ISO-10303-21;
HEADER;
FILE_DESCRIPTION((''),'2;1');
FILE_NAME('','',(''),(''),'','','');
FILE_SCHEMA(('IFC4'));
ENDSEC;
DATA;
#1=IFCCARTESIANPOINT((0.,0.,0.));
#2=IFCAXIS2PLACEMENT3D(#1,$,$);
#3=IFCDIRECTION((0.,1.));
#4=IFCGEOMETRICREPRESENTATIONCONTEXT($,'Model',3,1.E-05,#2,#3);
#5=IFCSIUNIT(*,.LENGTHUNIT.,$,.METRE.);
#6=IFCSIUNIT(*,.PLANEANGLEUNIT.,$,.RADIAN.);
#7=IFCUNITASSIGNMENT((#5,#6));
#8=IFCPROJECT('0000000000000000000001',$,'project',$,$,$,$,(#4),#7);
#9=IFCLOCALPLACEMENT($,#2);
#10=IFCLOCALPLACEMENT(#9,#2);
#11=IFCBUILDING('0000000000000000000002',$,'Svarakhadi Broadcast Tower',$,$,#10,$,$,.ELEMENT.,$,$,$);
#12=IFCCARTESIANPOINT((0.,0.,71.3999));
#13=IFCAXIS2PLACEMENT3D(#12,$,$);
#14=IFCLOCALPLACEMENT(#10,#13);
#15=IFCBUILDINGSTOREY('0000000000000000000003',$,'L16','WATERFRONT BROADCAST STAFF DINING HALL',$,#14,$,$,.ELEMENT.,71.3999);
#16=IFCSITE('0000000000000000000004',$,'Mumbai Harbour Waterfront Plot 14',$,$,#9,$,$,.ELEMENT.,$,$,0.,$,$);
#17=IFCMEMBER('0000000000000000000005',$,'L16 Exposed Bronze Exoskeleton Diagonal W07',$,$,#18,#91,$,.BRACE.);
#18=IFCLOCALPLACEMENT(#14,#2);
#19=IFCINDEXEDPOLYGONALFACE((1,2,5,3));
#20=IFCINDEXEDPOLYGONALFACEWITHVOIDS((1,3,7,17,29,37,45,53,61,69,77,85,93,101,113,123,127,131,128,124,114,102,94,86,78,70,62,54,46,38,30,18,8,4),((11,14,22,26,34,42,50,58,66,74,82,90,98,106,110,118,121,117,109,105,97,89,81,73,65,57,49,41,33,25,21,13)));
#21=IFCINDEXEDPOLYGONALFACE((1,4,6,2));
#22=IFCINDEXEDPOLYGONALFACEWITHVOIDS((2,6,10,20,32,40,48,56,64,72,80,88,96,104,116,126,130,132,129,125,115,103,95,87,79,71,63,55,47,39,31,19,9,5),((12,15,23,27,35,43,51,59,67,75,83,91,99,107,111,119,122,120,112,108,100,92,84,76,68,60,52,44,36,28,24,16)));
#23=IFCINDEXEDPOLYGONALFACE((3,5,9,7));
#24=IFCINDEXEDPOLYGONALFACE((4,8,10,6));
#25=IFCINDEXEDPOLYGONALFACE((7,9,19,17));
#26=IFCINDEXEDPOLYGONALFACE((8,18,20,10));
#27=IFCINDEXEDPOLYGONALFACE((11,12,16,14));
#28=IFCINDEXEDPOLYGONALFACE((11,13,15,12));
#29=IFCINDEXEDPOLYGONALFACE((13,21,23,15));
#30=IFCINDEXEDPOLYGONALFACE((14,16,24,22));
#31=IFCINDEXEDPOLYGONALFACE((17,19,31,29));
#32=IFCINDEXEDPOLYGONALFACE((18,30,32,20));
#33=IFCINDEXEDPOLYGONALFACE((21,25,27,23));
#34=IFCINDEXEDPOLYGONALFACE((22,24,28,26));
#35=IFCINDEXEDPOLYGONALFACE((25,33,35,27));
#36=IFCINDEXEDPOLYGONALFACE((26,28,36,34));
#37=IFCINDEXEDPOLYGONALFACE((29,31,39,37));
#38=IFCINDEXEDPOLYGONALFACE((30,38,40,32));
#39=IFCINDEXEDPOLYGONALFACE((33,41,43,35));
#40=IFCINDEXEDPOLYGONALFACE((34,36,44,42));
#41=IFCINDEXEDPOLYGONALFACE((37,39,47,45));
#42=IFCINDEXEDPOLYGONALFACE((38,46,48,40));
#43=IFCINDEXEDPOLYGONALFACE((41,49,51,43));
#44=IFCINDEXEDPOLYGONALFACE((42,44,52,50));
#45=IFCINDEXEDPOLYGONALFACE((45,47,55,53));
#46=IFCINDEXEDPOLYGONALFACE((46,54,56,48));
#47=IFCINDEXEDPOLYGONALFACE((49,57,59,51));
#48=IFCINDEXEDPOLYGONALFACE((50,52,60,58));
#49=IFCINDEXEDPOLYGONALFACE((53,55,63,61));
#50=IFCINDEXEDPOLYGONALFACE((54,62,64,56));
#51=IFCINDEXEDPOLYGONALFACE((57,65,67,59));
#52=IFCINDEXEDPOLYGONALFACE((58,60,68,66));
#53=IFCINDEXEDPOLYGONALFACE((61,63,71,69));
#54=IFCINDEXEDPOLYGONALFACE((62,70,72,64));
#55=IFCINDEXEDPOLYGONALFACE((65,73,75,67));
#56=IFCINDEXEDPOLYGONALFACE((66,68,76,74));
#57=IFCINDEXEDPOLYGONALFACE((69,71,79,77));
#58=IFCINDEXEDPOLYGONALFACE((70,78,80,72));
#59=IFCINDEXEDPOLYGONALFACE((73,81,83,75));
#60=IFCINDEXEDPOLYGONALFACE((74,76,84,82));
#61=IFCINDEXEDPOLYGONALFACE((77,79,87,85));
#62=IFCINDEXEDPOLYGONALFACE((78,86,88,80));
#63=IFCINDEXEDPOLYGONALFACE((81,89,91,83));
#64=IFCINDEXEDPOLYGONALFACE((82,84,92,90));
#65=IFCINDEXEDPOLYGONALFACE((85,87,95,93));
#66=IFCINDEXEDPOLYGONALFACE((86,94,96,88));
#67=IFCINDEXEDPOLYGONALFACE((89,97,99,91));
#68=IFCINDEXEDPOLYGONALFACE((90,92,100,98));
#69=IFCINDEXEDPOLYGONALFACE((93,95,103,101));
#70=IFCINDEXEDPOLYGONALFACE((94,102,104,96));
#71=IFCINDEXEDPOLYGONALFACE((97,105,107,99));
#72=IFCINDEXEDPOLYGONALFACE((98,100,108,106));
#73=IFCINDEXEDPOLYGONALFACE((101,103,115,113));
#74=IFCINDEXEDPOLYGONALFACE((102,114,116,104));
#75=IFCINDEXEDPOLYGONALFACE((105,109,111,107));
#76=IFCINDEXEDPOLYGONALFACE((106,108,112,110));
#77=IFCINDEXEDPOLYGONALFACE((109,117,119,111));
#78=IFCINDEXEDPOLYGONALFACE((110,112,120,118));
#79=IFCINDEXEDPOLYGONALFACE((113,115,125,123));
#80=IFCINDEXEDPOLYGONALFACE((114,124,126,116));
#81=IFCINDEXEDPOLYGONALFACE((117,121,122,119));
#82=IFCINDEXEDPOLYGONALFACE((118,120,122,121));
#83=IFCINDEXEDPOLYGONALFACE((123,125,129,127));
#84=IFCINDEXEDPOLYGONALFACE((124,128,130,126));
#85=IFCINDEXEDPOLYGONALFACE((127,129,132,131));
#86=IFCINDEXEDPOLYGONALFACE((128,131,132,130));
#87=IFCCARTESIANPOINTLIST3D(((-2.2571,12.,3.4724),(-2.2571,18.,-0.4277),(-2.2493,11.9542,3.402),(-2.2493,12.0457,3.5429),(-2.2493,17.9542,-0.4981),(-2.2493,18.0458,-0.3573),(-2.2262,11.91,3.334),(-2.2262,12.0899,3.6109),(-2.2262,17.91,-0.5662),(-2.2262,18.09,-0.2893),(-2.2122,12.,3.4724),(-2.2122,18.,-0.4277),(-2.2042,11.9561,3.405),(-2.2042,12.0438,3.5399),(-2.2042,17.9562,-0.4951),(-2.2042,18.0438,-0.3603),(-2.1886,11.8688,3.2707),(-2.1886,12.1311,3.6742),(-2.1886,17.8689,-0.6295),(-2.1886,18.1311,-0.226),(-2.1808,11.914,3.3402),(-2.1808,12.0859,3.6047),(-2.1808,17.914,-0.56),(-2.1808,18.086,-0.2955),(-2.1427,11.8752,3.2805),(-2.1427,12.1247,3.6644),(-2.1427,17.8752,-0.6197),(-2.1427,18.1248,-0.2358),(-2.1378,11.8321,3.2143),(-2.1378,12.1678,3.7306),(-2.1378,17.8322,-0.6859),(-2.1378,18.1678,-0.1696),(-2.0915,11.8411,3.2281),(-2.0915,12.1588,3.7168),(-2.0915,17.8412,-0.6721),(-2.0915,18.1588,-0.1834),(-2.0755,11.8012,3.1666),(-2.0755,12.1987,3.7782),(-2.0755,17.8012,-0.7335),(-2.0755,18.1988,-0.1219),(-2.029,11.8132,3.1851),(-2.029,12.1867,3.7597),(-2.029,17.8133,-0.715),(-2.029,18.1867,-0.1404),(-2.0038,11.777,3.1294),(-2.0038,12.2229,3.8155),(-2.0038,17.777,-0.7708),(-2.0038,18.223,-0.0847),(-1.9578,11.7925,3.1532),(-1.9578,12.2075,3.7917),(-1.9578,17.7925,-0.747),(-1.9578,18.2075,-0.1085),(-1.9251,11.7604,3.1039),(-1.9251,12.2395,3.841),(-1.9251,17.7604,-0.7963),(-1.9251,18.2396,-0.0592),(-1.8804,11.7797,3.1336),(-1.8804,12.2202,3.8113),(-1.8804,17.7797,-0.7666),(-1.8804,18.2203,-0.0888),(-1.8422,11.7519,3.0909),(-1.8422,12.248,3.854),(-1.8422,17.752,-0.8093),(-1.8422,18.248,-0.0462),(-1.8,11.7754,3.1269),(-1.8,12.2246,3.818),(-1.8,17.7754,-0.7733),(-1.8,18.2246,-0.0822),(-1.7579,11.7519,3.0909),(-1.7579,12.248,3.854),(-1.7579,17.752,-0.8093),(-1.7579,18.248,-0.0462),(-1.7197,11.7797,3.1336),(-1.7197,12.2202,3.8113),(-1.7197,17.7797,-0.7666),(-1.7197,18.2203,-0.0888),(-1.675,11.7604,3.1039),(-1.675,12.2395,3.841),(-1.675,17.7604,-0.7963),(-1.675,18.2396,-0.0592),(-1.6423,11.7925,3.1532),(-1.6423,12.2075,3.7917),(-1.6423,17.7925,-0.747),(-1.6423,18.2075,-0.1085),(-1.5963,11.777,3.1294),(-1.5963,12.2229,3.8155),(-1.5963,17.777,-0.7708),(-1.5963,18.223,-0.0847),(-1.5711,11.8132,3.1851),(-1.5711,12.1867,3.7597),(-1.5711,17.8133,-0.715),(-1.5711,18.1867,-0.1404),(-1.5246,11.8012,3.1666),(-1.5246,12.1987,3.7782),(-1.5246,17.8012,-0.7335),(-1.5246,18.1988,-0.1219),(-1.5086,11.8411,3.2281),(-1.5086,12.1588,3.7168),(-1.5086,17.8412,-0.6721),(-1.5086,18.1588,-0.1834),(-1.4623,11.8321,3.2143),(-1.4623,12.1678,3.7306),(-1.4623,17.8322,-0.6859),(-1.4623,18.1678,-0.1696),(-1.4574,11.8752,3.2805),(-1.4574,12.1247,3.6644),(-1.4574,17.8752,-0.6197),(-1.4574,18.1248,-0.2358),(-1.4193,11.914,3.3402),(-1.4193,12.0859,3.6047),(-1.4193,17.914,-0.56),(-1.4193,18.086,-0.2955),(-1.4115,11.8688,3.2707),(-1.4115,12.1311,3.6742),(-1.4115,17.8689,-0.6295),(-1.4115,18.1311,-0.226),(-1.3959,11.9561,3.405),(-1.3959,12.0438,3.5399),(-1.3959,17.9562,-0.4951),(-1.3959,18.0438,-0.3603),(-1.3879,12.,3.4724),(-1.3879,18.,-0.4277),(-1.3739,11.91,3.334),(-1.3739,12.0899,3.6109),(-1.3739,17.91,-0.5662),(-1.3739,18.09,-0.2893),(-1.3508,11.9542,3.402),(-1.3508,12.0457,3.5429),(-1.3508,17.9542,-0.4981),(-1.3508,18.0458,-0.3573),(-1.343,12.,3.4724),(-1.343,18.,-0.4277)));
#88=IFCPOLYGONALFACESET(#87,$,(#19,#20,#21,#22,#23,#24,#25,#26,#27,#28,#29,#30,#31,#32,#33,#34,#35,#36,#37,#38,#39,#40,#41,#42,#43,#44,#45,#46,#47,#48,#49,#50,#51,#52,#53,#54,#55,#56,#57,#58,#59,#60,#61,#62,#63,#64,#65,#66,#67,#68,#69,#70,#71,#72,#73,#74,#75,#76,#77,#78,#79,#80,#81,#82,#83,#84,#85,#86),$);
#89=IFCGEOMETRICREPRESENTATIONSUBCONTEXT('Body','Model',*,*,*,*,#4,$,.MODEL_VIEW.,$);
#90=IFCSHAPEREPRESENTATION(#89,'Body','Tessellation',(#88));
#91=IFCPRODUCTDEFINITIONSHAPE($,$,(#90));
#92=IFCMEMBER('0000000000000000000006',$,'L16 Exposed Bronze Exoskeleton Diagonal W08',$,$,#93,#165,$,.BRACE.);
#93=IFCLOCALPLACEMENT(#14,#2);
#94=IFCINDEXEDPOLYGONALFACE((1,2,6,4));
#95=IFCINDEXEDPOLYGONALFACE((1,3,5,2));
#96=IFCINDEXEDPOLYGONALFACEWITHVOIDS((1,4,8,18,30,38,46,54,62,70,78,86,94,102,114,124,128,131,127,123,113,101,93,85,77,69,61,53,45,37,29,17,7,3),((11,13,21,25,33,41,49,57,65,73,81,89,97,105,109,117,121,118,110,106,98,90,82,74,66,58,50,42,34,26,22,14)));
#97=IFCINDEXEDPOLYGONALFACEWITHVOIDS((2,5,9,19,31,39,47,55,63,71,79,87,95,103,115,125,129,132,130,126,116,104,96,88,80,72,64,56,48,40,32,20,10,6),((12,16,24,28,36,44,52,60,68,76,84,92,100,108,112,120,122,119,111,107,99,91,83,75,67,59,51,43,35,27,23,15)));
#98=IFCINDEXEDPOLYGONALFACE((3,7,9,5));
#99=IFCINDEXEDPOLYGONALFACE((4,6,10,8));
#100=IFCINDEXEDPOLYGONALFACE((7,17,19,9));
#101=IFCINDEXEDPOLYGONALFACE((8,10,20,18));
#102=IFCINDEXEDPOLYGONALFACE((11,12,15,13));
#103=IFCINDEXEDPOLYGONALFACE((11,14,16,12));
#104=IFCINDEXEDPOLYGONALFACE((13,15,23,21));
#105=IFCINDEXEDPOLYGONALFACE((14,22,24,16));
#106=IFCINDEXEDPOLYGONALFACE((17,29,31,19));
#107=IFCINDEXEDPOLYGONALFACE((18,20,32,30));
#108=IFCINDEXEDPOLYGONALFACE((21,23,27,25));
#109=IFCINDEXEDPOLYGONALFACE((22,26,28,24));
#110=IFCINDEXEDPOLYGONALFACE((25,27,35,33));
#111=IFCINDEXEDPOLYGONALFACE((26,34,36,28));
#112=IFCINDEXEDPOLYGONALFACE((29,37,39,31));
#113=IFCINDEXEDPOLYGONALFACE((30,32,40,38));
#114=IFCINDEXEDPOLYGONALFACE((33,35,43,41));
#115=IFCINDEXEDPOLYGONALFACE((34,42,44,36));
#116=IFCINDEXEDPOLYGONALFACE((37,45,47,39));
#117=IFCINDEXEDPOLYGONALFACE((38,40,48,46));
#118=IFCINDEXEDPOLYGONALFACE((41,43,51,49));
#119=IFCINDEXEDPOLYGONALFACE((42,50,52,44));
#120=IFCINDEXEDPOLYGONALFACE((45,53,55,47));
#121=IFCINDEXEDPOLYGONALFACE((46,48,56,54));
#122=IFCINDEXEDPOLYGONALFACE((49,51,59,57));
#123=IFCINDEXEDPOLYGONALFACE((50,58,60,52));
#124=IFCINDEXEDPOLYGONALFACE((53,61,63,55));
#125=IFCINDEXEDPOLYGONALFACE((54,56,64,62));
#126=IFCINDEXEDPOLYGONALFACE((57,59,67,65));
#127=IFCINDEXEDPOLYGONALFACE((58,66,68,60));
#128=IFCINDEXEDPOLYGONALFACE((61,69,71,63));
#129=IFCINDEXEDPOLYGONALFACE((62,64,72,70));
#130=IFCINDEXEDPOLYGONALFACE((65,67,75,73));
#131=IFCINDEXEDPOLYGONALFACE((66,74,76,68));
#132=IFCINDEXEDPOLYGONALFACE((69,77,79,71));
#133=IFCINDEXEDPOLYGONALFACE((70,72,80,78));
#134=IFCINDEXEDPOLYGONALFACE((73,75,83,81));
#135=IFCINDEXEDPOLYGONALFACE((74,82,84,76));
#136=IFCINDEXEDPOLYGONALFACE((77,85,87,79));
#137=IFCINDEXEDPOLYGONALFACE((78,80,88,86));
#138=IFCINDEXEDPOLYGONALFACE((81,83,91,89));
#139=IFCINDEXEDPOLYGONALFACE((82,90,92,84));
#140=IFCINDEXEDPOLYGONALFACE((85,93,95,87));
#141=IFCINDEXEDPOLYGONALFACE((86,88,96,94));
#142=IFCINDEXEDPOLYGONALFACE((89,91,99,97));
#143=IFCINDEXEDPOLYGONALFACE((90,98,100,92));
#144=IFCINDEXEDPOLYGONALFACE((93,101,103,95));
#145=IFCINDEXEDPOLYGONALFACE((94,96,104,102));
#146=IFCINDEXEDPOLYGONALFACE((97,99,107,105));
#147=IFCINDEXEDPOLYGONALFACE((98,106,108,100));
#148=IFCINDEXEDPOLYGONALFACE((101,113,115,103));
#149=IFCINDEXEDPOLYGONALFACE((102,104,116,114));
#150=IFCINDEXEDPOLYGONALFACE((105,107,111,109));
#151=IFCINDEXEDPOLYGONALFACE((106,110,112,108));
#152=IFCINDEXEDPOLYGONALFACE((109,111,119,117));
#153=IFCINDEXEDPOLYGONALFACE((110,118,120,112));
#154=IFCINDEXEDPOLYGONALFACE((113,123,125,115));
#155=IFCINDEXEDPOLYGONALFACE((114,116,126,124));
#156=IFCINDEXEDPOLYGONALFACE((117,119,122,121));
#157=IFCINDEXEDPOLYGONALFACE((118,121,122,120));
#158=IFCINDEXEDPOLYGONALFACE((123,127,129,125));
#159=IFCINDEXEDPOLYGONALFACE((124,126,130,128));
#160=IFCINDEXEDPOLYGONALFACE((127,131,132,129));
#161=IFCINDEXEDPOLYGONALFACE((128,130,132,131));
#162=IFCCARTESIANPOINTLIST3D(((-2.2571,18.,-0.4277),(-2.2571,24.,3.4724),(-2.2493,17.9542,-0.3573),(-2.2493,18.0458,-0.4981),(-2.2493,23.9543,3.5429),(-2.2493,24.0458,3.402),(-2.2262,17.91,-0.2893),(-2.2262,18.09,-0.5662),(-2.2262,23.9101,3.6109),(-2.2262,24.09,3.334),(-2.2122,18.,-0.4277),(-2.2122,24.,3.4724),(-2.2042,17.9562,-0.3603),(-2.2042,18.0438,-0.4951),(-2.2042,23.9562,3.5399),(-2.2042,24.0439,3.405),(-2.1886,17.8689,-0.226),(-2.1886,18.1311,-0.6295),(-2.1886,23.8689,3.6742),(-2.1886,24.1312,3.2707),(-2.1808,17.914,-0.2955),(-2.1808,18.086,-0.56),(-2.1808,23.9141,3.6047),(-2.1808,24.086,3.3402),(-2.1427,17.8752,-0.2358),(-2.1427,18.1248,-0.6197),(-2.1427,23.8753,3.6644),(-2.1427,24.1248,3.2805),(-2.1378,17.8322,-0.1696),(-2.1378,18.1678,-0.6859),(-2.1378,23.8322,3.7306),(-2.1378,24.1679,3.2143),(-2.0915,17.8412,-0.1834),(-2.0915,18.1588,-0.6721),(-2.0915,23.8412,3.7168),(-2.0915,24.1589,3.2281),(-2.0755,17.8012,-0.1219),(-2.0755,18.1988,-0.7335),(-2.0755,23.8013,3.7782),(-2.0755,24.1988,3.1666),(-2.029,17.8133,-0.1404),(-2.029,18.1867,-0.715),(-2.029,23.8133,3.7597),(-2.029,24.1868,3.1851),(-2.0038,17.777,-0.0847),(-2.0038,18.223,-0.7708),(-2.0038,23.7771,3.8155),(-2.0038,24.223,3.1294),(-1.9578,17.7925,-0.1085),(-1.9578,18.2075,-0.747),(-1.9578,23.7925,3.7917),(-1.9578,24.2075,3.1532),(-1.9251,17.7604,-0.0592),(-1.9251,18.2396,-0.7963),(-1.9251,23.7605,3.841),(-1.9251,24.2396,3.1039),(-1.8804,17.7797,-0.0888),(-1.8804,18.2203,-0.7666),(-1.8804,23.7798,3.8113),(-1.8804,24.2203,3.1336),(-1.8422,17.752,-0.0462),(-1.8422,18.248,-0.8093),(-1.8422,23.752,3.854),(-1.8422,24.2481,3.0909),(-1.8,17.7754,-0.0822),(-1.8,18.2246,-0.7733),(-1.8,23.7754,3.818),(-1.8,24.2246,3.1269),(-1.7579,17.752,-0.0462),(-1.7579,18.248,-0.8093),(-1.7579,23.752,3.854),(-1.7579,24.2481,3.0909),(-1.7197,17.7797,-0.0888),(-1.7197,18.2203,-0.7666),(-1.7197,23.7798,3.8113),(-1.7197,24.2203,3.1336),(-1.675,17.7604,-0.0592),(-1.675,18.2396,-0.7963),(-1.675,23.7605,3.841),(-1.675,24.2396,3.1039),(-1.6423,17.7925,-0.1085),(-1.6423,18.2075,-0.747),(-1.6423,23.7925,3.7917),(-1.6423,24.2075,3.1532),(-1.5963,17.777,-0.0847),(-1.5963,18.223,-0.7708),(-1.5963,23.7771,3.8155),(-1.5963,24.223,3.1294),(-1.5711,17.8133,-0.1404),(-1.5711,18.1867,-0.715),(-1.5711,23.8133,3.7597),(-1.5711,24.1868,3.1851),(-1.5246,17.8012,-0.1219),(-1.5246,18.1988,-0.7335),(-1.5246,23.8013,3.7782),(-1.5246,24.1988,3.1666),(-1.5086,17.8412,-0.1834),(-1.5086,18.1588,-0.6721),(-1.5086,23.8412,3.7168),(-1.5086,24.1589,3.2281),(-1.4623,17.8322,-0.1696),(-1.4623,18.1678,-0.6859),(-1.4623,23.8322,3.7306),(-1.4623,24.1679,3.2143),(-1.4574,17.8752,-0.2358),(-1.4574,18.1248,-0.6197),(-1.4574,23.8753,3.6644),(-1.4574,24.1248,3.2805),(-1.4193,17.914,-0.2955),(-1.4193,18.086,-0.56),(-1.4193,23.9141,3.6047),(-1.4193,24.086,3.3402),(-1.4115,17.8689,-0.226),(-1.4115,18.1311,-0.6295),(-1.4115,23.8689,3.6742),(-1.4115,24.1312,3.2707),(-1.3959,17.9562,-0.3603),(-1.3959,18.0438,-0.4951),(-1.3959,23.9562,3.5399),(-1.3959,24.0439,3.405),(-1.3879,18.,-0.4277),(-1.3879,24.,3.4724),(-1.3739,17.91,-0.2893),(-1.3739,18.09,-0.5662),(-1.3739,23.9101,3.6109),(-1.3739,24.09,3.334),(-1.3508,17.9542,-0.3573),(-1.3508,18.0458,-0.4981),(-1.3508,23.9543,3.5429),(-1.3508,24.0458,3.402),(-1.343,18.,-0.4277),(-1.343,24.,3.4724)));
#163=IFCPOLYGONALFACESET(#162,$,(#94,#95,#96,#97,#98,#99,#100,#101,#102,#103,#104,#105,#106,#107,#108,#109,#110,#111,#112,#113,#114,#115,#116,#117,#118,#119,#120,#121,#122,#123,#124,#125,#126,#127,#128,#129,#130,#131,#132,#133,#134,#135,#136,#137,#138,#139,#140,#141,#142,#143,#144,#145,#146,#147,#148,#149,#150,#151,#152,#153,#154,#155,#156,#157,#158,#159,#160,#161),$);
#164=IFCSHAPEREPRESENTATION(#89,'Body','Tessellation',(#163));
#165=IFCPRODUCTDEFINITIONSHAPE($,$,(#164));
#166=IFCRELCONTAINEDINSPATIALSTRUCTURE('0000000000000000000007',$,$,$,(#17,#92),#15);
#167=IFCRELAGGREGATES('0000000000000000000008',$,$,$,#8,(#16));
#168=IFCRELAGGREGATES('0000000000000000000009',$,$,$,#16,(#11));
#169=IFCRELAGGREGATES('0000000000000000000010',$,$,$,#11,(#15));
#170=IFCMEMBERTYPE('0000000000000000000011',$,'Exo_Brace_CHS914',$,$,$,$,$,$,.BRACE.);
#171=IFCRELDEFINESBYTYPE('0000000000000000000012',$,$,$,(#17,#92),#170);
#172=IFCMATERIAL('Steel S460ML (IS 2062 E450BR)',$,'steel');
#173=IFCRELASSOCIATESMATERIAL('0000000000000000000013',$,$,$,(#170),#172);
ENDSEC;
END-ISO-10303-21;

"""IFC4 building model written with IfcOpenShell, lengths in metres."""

from ifc_helpers import new_model, si_unit, direction, frame, origin, origin_2d, place, context, subcontext, project, spatial, hollow_circle, extrude, material, material_profile, profile_set, type_object, element, save


model = new_model("IFC4")

# Units and contexts
model_context = context("Model", 3, precision=1e-05, world=origin(), true_north=direction((0.0, 1.0)))
body_context = subcontext(model_context, "Body", "Model", "MODEL_VIEW")
ifc_project = project(units=[si_unit("LENGTHUNIT", "METRE"), si_unit("PLANEANGLEUNIT", "RADIAN")], contexts=[model_context])

# Site, building, storey
site_placement = place(None, origin())
site = spatial("IfcSite", under=ifc_project, at=site_placement, Name="Mumbai Harbour Waterfront Plot 14", CompositionType="ELEMENT", RefElevation=0.0)
building_placement = place(site_placement, origin())
building = spatial("IfcBuilding", under=site, at=building_placement, Name="Svarakhadi Broadcast Tower", CompositionType="ELEMENT")
storey_placement = place(building_placement, frame((0.0, 0.0, 71.3999)))
storey = spatial("IfcBuildingStorey", under=building, at=storey_placement, Name="L16", Description="WATERFRONT BROADCAST STAFF DINING HALL", CompositionType="ELEMENT", Elevation=71.3999)

# Shared definitions
ifc_material_1 = material(Name="Steel S460ML (IS 2062 E450BR)", Category="steel")

# Members
ifc_material_profile_1 = material_profile(ifc_material_1, hollow_circle(Radius=0.457, WallThickness=0.0449, at=origin_2d()), Name="CHS 914x45")
ifc_profile_set_1 = profile_set([ifc_material_profile_1], Name="Steel S460ML (IS 2062 E450BR)")
member_type_1 = type_object("IfcMemberType", Name="Exo_Brace_CHS914", PredefinedType="BRACE", material=ifc_profile_set_1)
for number, where, z_axis, x_axis, name in (
    (1, (-1.8, 18.0, -0.4277), (0.0, -0.838434, 0.545003), (1.0, 0.0, 0.0), "L16 Exposed Bronze Exoskeleton Diagonal W07"),
    (2, (-1.8, 18.0, -0.4277), (0.0, 0.838434, 0.545003), (-1.0, 0.0, 0.0), "L16 Exposed Bronze Exoskeleton Diagonal W08"),
):
    element("IfcMember", number, at=place(storey_placement, frame(where, z_axis=z_axis, x_axis=x_axis)), inside=storey, type_object=member_type_1, Name=name, PredefinedType="BRACE", context=body_context, shape_type="SweptSolid", body=[
        extrude(hollow_circle(Radius=0.457, WallThickness=0.0449, at=origin_2d()), origin(), (0.0, 0.0, 1.0), 7.1562),
    ])

save(model, "model.ifc")
